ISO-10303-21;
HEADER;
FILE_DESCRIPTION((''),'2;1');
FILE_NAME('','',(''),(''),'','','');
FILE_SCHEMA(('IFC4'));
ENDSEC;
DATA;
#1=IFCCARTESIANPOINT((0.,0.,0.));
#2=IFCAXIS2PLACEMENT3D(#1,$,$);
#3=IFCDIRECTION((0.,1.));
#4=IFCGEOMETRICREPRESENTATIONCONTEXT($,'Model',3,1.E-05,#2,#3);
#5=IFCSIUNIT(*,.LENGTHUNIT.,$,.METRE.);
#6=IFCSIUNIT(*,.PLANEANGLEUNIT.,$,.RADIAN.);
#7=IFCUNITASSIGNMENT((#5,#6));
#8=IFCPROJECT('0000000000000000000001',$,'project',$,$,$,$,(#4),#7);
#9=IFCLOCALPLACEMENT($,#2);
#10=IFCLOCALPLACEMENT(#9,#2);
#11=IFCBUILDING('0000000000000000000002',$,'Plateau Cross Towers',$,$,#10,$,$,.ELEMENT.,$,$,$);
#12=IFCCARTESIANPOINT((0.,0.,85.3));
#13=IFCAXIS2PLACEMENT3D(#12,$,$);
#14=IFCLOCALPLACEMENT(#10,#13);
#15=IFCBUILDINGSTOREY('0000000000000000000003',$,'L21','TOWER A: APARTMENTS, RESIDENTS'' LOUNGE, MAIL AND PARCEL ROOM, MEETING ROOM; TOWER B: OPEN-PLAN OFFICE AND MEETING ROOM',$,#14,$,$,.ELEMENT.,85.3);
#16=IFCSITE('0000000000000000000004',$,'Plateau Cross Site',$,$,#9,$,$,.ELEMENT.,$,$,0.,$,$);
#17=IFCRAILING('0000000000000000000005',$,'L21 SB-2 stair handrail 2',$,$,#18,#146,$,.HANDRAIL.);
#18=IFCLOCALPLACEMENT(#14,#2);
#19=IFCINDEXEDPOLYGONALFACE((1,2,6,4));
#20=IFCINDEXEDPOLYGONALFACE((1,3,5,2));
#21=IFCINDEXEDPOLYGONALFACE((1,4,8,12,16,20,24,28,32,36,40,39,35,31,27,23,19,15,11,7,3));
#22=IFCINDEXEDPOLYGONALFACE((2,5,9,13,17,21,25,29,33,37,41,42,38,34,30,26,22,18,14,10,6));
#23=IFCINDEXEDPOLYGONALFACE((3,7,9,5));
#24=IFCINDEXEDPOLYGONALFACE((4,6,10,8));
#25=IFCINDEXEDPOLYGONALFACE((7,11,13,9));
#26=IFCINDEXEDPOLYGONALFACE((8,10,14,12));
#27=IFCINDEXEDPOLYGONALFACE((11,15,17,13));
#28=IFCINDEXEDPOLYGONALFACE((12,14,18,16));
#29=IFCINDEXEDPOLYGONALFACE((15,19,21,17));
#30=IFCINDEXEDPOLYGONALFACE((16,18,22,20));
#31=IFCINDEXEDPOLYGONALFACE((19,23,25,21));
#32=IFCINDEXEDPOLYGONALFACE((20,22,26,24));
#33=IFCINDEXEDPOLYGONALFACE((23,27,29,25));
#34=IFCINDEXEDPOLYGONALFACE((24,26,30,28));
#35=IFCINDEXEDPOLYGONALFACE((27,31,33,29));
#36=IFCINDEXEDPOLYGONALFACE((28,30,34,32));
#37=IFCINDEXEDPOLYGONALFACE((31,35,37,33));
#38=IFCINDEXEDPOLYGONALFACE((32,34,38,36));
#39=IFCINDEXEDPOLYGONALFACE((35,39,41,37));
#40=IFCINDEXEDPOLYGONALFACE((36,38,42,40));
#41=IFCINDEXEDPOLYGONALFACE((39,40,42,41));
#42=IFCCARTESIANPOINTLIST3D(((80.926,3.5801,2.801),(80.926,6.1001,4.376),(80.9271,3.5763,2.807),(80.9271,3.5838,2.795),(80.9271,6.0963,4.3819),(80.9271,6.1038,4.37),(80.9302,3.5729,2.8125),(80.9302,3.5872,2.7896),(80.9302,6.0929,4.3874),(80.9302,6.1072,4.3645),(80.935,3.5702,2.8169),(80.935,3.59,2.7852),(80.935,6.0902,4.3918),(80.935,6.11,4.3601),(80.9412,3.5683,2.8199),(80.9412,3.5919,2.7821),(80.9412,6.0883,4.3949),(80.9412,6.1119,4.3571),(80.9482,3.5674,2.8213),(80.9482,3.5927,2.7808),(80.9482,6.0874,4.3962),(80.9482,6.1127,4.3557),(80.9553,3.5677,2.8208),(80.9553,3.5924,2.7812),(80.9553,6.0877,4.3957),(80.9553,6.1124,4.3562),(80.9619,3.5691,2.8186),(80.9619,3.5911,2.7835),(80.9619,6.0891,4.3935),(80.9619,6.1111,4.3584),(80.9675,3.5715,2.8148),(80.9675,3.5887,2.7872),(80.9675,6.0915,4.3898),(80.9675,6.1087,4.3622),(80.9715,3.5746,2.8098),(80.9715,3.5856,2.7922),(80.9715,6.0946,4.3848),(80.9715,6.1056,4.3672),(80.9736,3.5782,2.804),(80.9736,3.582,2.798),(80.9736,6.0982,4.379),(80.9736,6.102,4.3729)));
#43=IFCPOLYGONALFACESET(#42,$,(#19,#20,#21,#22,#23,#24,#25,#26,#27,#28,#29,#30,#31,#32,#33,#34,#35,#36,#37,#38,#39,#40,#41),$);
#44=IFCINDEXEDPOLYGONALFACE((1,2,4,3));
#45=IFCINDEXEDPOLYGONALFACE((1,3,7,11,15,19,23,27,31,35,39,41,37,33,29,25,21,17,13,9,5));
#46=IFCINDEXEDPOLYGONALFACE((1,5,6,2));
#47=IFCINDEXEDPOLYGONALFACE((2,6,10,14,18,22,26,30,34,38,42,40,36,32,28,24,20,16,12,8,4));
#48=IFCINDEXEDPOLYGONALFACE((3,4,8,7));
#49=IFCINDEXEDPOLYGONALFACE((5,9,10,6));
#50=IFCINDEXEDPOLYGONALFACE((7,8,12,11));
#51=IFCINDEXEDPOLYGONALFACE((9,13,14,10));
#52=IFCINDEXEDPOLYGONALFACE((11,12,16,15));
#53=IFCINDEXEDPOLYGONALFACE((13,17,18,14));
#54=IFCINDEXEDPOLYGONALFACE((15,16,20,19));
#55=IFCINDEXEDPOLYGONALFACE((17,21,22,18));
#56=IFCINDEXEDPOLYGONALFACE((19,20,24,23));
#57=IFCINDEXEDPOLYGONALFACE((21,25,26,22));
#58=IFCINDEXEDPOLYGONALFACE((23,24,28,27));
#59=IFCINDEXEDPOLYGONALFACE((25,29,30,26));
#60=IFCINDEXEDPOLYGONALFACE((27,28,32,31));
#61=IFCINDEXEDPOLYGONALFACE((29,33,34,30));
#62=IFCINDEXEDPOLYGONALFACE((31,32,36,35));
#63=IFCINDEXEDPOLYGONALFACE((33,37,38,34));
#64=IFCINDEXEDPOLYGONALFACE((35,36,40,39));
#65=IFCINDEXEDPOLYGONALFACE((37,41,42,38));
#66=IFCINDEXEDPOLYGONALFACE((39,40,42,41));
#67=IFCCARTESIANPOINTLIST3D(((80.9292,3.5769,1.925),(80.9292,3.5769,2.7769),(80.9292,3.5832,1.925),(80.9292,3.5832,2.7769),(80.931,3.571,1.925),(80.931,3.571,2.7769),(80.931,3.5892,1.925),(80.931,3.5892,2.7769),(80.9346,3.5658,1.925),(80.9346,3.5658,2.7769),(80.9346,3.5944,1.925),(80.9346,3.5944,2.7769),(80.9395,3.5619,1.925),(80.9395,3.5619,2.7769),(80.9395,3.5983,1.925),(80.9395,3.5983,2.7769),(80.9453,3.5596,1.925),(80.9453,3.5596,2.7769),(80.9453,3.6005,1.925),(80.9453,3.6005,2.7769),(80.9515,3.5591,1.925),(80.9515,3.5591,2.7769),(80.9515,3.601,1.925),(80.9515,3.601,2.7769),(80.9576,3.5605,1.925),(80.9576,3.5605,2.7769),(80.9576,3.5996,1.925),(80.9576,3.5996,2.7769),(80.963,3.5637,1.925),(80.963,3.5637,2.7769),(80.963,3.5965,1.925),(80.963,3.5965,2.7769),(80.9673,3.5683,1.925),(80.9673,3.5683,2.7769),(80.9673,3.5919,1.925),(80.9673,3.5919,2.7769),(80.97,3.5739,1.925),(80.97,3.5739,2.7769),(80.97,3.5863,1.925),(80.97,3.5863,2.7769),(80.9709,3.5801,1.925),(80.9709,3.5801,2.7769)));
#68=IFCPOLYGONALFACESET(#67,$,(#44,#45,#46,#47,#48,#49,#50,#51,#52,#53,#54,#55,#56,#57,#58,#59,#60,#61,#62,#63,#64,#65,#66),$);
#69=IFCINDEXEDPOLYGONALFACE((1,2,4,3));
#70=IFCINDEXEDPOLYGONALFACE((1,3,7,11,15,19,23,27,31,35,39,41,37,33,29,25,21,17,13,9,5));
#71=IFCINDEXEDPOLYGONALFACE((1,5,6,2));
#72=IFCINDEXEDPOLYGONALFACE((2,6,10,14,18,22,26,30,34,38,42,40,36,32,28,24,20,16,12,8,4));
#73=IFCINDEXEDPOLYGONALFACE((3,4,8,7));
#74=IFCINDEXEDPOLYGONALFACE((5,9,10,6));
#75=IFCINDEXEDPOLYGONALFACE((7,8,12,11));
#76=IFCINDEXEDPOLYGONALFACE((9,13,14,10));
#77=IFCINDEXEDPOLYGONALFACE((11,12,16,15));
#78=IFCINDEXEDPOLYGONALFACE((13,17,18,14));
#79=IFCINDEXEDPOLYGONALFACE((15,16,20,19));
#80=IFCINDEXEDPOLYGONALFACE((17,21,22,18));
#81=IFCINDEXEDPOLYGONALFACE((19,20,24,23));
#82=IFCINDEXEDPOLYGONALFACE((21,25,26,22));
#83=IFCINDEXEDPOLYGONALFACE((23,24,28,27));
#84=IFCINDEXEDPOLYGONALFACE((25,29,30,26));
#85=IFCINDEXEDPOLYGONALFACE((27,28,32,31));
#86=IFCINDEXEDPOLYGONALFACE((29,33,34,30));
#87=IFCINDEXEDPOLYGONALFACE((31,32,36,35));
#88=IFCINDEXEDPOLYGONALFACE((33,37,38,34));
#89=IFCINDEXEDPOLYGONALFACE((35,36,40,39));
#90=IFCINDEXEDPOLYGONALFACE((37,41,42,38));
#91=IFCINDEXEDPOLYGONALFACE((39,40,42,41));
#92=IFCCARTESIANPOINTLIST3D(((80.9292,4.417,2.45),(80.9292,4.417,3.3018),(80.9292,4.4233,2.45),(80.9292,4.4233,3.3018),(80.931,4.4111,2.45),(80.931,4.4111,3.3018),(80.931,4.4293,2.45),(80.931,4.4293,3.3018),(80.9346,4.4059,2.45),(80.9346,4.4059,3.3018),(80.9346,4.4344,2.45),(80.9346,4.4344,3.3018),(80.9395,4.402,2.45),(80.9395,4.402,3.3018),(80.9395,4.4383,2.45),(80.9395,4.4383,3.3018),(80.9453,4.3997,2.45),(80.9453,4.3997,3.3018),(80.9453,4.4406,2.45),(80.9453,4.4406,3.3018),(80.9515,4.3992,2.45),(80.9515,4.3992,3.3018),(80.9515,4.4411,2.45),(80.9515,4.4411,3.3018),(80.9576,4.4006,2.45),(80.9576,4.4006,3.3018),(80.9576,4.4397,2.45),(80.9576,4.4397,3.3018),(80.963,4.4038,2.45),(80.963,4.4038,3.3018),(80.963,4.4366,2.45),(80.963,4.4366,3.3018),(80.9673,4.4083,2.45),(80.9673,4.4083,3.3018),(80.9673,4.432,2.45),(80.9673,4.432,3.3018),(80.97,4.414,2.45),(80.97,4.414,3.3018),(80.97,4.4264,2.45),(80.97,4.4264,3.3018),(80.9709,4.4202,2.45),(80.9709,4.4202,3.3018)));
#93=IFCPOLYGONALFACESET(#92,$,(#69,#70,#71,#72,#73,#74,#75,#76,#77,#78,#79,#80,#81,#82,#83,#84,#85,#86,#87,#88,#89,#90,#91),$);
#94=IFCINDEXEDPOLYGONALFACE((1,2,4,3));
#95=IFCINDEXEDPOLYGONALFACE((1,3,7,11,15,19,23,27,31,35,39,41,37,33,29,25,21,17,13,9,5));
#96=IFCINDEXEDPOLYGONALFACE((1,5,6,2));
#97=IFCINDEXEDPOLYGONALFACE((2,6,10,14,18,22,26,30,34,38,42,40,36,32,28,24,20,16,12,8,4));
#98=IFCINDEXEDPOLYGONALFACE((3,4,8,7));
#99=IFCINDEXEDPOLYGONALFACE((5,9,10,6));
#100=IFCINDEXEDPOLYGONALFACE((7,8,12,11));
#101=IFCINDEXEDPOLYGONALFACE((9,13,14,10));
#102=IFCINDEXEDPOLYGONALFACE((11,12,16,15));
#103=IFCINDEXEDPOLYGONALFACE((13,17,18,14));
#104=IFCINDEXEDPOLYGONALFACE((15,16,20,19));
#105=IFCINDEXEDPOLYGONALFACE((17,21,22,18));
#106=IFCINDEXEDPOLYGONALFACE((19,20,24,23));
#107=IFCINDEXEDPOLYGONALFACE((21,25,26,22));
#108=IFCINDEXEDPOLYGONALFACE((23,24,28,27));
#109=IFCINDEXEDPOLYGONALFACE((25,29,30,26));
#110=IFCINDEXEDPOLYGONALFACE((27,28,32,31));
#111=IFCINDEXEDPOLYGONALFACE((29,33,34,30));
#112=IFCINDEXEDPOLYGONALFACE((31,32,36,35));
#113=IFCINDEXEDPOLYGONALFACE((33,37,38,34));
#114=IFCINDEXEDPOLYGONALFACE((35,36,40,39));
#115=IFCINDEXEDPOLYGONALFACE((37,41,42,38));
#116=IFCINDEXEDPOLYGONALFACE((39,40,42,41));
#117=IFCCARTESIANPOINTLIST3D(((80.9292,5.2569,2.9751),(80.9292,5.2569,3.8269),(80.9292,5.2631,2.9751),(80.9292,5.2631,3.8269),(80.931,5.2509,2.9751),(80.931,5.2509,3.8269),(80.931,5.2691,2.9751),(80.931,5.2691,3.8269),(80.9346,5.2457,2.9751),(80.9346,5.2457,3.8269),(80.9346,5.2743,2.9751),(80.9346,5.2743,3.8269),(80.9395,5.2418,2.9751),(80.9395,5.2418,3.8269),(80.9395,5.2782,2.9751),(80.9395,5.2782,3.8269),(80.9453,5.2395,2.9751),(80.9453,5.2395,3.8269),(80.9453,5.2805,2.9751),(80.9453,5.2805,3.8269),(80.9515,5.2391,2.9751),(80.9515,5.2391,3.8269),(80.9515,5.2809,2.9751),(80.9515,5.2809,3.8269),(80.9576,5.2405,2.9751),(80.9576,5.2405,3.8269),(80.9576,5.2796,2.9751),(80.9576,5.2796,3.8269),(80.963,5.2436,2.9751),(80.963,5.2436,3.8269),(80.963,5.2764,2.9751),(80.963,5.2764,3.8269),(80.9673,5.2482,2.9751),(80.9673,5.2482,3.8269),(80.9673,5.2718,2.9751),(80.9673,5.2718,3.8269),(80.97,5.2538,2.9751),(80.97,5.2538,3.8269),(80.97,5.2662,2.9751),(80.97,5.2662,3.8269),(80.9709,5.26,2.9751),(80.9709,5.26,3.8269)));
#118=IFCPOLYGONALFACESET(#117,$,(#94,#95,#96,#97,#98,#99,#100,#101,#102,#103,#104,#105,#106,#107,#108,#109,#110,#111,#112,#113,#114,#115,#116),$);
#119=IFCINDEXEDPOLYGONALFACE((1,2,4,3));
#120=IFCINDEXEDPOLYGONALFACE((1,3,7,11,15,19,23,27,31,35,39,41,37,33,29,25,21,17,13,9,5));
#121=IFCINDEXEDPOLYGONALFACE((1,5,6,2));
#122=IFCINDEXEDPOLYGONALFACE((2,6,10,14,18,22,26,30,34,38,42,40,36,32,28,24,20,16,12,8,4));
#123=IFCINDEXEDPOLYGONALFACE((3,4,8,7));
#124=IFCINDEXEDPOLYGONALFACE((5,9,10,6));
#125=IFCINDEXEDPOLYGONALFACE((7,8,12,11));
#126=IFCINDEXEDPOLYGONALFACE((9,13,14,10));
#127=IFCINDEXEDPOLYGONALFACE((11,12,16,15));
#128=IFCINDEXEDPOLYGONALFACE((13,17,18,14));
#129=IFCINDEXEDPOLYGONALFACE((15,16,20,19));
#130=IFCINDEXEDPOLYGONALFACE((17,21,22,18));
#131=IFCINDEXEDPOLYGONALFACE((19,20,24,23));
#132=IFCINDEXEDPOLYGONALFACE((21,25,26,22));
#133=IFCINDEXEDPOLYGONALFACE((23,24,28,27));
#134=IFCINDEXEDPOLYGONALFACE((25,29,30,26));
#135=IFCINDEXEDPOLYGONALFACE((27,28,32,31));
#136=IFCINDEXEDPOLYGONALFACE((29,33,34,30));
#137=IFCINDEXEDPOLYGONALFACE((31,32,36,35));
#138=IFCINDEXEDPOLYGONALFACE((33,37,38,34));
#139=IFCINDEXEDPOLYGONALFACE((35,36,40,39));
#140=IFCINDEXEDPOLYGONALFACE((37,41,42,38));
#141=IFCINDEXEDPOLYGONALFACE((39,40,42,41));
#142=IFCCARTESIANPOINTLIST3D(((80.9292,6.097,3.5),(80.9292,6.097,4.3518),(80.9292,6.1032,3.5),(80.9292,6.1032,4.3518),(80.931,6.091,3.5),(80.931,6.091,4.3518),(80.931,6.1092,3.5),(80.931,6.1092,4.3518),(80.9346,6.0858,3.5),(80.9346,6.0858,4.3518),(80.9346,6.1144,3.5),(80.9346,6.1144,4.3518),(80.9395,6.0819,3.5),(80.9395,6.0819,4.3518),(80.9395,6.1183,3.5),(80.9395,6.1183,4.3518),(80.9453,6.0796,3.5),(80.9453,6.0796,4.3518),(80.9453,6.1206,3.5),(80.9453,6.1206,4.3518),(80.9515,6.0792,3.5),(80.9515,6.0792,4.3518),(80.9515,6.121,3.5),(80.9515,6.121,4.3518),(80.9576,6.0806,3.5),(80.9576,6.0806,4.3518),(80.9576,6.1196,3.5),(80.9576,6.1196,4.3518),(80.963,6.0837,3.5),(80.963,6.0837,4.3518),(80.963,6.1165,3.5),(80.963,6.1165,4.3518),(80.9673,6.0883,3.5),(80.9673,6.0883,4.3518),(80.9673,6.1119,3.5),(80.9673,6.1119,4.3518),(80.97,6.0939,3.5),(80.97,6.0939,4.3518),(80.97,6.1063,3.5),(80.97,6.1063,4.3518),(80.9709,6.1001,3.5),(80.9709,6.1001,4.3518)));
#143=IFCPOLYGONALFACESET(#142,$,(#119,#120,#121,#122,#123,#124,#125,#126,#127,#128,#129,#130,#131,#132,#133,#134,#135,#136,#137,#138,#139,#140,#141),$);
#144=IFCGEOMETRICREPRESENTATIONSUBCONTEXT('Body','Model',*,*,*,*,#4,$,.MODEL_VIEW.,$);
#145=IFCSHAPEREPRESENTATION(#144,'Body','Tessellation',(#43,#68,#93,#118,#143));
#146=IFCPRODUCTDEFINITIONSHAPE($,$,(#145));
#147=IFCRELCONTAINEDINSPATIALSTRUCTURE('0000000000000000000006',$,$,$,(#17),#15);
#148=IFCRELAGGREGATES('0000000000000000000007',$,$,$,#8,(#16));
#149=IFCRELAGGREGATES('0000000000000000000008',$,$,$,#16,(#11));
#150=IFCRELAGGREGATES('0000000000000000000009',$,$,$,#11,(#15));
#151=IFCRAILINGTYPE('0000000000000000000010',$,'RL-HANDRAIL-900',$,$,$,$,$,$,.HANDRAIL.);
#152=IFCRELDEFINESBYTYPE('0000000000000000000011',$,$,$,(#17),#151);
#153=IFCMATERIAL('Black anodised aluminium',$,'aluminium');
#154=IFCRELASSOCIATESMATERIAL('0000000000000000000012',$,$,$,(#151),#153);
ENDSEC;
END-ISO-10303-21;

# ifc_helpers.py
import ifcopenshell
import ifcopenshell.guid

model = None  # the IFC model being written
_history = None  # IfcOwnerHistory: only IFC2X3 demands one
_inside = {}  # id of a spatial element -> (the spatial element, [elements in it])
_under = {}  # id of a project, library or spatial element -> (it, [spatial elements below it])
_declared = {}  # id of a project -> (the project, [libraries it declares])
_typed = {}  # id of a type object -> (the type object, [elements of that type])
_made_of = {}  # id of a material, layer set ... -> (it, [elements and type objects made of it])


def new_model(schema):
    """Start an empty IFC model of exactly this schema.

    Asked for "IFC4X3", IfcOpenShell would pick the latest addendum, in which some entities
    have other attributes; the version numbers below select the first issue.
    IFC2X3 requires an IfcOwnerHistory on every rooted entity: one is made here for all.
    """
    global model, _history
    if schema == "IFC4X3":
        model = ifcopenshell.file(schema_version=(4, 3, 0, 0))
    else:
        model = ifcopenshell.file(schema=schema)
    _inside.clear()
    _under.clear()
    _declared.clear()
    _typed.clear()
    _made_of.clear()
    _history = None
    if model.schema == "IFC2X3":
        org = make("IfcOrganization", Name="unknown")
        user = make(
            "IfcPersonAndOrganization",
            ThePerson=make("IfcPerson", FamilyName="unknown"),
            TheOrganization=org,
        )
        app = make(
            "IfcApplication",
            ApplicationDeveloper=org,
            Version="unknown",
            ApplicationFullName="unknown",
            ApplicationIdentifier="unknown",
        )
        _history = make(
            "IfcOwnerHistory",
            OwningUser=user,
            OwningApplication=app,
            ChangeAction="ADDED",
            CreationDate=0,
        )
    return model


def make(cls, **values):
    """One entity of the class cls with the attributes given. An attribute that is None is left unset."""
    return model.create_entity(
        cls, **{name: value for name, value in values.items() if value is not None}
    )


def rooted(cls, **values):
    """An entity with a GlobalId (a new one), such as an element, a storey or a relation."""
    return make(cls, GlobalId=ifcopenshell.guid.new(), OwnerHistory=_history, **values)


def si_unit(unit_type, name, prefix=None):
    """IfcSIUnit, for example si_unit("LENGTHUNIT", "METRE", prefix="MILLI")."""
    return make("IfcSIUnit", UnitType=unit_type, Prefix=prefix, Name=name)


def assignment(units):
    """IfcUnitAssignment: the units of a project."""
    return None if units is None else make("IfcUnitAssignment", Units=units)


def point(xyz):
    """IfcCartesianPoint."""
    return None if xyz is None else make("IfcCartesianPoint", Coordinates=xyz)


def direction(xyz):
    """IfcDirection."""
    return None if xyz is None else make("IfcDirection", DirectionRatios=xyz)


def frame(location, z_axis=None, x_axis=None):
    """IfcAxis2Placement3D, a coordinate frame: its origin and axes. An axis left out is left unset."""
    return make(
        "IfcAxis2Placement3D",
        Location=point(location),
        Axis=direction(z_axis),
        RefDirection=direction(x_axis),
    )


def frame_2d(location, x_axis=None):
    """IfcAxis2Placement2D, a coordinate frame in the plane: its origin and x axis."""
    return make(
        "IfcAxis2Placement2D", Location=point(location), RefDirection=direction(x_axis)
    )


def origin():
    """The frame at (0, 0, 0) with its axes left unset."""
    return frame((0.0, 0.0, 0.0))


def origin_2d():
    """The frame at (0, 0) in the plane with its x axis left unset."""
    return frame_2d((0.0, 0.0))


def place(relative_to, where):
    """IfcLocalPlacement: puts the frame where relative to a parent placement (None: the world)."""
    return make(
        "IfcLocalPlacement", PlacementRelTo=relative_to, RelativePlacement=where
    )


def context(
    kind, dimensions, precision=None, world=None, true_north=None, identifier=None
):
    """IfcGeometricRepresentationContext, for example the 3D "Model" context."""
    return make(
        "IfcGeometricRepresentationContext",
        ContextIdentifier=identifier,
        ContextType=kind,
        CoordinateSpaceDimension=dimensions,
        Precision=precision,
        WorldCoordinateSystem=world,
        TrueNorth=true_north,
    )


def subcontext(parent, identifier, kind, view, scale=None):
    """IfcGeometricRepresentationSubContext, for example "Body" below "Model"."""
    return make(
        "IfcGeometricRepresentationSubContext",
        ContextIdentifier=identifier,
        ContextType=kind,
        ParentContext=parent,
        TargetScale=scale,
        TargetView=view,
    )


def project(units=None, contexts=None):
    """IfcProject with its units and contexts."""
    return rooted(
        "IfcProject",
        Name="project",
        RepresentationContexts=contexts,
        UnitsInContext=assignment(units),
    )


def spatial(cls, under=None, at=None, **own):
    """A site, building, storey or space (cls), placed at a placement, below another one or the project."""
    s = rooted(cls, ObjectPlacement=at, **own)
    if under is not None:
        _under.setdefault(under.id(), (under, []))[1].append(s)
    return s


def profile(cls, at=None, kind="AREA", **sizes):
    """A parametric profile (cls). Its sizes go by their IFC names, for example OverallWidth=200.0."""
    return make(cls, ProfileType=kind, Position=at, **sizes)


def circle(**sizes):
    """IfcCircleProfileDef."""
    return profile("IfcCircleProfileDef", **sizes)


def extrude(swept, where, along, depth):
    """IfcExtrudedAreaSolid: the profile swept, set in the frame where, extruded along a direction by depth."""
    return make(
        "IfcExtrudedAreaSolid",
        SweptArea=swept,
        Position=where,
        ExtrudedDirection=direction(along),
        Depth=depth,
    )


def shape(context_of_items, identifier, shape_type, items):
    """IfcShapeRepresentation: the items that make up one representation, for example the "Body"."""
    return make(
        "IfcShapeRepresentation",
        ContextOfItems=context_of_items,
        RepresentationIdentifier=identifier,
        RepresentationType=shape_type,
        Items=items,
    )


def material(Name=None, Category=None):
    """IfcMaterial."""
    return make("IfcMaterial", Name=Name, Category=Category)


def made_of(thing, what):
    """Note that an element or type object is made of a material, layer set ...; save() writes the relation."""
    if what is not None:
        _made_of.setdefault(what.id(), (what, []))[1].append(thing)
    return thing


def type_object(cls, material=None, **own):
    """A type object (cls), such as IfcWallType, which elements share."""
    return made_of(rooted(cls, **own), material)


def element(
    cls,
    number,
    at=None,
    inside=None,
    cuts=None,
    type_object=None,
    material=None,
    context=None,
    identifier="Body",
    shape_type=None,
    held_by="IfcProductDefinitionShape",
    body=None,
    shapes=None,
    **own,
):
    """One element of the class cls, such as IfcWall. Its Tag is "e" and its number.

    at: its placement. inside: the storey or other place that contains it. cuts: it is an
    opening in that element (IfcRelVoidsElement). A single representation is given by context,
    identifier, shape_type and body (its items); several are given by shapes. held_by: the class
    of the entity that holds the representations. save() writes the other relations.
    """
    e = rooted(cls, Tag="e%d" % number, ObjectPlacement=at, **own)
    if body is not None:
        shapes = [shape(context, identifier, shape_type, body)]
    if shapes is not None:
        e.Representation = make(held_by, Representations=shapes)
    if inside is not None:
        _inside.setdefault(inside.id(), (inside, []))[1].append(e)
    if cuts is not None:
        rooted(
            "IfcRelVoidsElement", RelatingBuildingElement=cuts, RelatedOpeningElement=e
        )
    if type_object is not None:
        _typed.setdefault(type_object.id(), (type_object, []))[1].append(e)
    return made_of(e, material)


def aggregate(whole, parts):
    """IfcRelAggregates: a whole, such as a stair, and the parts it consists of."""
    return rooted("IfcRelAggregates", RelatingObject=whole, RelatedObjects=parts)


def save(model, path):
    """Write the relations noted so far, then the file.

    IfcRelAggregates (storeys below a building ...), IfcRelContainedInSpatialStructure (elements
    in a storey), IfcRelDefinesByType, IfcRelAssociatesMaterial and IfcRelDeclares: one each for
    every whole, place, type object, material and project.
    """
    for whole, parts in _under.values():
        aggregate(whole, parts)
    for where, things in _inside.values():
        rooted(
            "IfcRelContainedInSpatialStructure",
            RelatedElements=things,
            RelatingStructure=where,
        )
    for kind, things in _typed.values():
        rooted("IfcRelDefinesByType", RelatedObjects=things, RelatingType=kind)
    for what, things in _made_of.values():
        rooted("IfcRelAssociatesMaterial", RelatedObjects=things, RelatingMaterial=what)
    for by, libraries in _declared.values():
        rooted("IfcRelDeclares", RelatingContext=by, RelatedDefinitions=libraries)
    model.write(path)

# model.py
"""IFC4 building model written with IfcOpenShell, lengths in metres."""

from ifc_helpers import new_model, si_unit, direction, frame, origin, origin_2d, place, context, subcontext, project, spatial, circle, extrude, material, type_object, element, save


model = new_model("IFC4")

# Units and contexts
model_context = context("Model", 3, precision=1e-05, world=origin(), true_north=direction((0.0, 1.0)))
body_context = subcontext(model_context, "Body", "Model", "MODEL_VIEW")
ifc_project = project(units=[si_unit("LENGTHUNIT", "METRE"), si_unit("PLANEANGLEUNIT", "RADIAN")], contexts=[model_context])

# Site, building, storey
site_placement = place(None, origin())
site = spatial("IfcSite", under=ifc_project, at=site_placement, Name="Plateau Cross Site", CompositionType="ELEMENT", RefElevation=0.0)
building_placement = place(site_placement, origin())
building = spatial("IfcBuilding", under=site, at=building_placement, Name="Plateau Cross Towers", CompositionType="ELEMENT")
storey_placement = place(building_placement, frame((0.0, 0.0, 85.3)))
storey = spatial("IfcBuildingStorey", under=building, at=storey_placement, Name="L21", Description="TOWER A: APARTMENTS, RESIDENTS' LOUNGE, MAIL AND PARCEL ROOM, MEETING ROOM; TOWER B: OPEN-PLAN OFFICE AND MEETING ROOM", CompositionType="ELEMENT", Elevation=85.3)

# Shared definitions
ifc_material_1 = material(Name="Black anodised aluminium", Category="aluminium")

# Railing
railing_type_1 = type_object("IfcRailingType", Name="RL-HANDRAIL-900", PredefinedType="HANDRAIL", material=ifc_material_1)
railing_1_placement = place(storey_placement, frame((80.95, 3.5801, 1.925)))
element("IfcRailing", 1, at=railing_1_placement, inside=storey, type_object=railing_type_1, Name="L21 SB-2 stair handrail 2", PredefinedType="HANDRAIL", context=body_context, shape_type="SweptSolid", body=[
    extrude(circle(Radius=0.0239, at=origin_2d()), frame((0.0, 0.0, 0.876), z_axis=(0.0, 0.848008, 0.529984), x_axis=(-1.0, 0.0, 0.0)), (0.0, 0.0, 1.0), 2.9717),
    extrude(circle(Radius=0.021, at=origin_2d()), origin(), (0.0, 0.0, 1.0), 0.8518),
    extrude(circle(Radius=0.021, at=origin_2d()), frame((0.0, 0.8401, 0.5249)), (0.0, 0.0, 1.0), 0.8518),
    extrude(circle(Radius=0.021, at=origin_2d()), frame((0.0, 1.6799, 1.05)), (0.0, 0.0, 1.0), 0.8518),
    extrude(circle(Radius=0.021, at=origin_2d()), frame((0.0, 2.52, 1.575)), (0.0, 0.0, 1.0), 0.8518),
])

save(model, "model.ifc")
